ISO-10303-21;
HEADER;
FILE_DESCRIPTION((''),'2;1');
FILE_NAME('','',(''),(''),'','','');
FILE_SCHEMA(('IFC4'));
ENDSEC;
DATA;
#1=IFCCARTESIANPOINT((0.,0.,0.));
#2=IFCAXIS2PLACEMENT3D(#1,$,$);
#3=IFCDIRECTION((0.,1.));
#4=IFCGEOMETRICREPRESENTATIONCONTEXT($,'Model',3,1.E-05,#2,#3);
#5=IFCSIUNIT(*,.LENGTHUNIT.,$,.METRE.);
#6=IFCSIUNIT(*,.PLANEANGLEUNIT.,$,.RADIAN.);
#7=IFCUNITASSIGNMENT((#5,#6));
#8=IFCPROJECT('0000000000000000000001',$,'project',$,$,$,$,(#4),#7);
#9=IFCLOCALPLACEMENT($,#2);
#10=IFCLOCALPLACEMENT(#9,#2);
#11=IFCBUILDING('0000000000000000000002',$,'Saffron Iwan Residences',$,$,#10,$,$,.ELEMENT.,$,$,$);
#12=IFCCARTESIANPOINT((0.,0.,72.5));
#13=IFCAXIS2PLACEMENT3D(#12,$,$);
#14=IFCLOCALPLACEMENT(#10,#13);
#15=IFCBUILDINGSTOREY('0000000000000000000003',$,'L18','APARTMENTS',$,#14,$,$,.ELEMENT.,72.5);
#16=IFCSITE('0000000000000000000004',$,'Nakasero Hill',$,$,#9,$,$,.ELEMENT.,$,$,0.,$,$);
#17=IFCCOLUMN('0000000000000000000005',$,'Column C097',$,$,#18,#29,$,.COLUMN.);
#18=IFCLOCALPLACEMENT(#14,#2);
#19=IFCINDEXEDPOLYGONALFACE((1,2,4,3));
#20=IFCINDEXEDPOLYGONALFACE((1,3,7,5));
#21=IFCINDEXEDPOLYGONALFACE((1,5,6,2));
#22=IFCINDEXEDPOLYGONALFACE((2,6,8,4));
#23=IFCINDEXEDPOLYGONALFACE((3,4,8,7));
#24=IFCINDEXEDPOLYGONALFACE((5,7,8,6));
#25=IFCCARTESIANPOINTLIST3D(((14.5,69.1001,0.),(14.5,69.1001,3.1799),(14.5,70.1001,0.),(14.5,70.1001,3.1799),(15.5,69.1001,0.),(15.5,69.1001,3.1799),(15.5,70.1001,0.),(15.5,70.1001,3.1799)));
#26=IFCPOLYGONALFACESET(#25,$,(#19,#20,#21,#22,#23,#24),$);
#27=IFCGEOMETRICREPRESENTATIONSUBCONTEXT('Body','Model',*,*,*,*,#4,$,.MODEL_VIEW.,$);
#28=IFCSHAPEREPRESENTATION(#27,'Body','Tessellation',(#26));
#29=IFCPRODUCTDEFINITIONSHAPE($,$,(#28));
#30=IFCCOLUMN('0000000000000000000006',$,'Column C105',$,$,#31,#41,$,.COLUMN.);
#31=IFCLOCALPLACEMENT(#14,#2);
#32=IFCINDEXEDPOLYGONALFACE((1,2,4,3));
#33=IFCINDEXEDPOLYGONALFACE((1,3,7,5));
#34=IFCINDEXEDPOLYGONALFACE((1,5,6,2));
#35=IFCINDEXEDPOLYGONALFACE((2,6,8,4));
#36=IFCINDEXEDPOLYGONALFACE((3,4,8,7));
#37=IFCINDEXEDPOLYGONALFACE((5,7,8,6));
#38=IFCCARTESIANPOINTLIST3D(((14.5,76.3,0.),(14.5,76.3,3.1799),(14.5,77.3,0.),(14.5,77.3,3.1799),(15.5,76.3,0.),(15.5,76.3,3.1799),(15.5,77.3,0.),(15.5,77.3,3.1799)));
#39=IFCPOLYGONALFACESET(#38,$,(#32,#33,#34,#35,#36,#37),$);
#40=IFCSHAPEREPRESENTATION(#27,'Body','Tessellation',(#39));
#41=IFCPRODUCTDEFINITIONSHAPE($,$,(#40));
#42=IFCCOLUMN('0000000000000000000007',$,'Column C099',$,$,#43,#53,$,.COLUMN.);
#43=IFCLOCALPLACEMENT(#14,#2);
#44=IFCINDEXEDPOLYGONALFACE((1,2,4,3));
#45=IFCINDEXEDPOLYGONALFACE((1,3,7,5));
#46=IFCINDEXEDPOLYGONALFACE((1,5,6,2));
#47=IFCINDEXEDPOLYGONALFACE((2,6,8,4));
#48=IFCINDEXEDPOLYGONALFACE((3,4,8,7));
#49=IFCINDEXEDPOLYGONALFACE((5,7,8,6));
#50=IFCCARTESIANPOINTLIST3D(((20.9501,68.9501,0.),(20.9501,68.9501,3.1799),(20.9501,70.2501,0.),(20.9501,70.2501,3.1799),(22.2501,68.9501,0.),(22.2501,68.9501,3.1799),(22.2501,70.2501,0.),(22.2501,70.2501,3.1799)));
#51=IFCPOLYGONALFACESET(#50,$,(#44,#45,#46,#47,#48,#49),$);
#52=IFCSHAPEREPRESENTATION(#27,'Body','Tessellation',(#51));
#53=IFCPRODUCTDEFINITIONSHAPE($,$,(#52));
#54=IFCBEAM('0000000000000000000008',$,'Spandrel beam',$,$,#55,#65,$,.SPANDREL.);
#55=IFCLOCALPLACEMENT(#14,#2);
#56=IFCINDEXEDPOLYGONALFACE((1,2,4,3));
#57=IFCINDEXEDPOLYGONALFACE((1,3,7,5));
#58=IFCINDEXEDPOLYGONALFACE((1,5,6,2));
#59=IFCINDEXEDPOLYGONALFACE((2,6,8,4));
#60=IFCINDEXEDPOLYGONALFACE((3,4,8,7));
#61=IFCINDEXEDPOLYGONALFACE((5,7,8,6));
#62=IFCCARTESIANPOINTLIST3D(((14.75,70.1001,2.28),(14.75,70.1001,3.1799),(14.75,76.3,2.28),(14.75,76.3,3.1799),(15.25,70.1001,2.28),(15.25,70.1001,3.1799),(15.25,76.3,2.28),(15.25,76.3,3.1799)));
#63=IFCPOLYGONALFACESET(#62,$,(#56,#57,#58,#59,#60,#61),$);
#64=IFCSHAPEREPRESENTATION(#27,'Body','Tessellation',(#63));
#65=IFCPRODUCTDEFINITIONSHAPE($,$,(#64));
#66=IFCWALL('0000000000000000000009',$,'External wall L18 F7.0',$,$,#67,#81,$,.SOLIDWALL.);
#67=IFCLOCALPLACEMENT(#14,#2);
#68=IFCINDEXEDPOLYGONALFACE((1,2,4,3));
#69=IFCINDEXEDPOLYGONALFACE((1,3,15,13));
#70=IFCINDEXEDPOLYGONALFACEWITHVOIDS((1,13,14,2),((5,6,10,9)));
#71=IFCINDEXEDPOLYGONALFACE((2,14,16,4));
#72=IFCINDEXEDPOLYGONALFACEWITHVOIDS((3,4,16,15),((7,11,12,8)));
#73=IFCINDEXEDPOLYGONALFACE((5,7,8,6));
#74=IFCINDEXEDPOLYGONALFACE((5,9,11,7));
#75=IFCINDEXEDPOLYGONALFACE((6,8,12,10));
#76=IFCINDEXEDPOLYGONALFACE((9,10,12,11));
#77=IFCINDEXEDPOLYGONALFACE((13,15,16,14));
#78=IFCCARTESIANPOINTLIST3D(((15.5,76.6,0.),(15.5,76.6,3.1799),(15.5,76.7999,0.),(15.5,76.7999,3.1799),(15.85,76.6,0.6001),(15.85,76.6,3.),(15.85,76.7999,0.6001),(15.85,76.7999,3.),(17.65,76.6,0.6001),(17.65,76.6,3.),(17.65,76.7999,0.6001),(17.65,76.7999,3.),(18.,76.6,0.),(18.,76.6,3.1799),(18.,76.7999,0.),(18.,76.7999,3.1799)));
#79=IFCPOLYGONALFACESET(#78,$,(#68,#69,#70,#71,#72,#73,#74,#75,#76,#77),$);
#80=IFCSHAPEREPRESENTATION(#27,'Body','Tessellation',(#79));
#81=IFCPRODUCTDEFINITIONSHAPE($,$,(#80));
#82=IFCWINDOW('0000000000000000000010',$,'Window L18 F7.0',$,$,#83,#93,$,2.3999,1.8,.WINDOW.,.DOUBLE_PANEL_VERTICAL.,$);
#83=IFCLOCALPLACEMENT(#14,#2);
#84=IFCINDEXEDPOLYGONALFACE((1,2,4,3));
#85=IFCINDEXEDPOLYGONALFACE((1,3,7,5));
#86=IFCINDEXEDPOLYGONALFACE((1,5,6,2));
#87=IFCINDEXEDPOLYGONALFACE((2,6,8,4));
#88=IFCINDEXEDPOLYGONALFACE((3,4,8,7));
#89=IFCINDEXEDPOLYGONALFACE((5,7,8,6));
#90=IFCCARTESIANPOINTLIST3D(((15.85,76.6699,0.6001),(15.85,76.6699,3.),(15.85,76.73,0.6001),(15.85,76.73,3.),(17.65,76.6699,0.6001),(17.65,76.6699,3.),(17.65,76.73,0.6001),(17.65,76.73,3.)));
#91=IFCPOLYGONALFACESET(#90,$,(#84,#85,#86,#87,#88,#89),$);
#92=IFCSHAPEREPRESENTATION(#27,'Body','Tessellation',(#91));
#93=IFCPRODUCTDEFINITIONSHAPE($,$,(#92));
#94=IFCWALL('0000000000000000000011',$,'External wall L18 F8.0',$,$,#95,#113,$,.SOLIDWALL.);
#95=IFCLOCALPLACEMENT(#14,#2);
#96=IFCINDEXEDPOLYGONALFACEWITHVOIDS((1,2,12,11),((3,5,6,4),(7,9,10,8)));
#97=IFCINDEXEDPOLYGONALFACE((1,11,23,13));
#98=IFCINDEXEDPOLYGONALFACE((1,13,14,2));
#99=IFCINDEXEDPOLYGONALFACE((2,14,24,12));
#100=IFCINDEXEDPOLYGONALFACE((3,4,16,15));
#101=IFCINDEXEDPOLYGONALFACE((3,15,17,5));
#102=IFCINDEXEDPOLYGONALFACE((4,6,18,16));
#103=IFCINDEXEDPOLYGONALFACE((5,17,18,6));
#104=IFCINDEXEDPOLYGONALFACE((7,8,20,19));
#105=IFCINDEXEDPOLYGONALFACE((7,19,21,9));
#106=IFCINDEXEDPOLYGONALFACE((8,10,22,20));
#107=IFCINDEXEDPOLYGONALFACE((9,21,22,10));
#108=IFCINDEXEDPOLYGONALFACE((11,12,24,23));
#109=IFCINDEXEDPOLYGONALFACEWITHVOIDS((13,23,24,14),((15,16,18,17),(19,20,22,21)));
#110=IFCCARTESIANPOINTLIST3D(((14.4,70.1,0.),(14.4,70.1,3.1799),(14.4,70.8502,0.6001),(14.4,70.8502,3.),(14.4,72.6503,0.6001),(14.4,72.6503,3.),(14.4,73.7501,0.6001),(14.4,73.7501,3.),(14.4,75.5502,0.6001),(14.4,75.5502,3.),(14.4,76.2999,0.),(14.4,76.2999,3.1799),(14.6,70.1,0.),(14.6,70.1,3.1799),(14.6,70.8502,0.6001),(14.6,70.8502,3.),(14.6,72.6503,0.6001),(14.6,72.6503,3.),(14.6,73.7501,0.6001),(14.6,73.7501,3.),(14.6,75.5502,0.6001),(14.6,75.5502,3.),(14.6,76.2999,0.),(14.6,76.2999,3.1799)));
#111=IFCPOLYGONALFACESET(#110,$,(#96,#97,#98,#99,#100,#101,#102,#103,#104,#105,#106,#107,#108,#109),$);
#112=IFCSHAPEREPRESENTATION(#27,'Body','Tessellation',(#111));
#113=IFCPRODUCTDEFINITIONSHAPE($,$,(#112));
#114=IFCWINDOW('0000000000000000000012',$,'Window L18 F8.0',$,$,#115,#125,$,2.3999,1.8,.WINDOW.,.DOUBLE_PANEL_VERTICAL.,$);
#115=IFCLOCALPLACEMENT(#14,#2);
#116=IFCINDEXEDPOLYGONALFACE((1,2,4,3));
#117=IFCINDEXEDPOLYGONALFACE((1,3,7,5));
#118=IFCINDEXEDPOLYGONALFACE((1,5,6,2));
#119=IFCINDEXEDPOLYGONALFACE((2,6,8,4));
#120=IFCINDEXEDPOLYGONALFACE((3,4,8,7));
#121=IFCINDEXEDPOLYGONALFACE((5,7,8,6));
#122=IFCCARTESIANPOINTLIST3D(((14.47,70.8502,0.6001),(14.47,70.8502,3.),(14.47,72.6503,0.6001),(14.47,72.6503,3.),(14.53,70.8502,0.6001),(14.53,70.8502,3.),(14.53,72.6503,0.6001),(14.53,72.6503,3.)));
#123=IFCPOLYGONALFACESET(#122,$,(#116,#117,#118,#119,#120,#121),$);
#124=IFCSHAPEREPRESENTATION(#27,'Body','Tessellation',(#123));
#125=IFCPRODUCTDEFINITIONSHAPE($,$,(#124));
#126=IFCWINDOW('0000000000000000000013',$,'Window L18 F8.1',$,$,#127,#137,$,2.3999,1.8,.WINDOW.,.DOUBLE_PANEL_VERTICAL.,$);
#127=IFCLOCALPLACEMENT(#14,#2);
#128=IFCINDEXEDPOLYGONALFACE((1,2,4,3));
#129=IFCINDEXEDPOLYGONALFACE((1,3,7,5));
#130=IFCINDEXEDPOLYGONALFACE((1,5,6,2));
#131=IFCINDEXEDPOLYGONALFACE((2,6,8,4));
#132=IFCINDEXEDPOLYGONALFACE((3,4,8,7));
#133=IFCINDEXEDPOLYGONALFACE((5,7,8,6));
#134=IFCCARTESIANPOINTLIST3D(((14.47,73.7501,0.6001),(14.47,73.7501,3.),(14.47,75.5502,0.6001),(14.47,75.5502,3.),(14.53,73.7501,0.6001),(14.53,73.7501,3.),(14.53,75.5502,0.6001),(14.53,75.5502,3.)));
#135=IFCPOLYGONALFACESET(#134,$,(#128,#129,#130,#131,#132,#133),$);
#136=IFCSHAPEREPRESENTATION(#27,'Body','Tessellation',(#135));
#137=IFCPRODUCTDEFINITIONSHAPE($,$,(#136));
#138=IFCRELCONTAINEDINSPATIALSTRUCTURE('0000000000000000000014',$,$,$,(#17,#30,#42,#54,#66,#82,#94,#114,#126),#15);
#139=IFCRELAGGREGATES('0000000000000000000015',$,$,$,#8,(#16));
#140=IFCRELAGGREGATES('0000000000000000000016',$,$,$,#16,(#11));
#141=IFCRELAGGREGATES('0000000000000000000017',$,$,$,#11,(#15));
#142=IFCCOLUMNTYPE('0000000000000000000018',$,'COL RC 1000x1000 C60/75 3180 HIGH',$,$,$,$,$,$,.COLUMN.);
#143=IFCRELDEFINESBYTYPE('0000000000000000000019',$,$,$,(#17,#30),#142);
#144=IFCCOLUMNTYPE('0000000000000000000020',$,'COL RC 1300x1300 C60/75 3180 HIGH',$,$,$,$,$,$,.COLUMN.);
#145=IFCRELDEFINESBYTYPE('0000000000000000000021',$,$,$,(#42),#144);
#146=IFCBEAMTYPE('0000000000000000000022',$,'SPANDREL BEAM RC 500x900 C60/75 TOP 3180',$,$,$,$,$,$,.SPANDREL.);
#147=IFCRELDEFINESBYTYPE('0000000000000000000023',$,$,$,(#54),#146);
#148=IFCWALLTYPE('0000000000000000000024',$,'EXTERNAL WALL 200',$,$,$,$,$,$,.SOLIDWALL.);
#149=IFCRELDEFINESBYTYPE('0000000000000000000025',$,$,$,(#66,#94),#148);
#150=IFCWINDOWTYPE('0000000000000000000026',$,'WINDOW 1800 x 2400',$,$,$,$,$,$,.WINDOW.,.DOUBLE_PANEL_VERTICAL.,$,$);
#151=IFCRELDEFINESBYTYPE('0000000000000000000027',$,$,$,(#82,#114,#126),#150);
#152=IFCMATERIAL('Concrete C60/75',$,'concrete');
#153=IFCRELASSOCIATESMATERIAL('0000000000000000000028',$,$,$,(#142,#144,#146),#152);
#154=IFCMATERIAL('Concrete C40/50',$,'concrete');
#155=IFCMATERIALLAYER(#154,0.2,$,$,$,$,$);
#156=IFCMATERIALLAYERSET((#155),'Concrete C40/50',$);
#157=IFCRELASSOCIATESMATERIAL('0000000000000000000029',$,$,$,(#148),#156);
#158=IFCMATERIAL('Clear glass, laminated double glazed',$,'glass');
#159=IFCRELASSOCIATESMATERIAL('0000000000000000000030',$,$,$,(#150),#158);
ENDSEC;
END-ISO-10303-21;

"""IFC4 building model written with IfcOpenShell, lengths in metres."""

from ifc_helpers import new_model, si_unit, direction, frame, frame_2d, origin, origin_2d, place, context, subcontext, project, spatial, rectangle, extrude, source, transform, mapped, material, layer, layer_set, material_profile, profile_set, type_object, element, fill, save


model = new_model("IFC4")

# Units and contexts
model_context = context("Model", 3, precision=1e-05, world=origin(), true_north=direction((0.0, 1.0)))
body_context = subcontext(model_context, "Body", "Model", "MODEL_VIEW")
ifc_project = project(units=[si_unit("LENGTHUNIT", "METRE"), si_unit("PLANEANGLEUNIT", "RADIAN")], contexts=[model_context])

# Site, building, storey
site_placement = place(None, origin())
site = spatial("IfcSite", under=ifc_project, at=site_placement, Name="Nakasero Hill", CompositionType="ELEMENT", RefElevation=0.0)
building_placement = place(site_placement, origin())
building = spatial("IfcBuilding", under=site, at=building_placement, Name="Saffron Iwan Residences", CompositionType="ELEMENT")
storey_placement = place(building_placement, frame((0.0, 0.0, 72.5)))
storey = spatial("IfcBuildingStorey", under=building, at=storey_placement, Name="L18", Description="APARTMENTS", CompositionType="ELEMENT", Elevation=72.5)

# Columns
ifc_material_1 = material(Name="Concrete C60/75", Category="concrete")
ifc_material_profile_1 = material_profile(ifc_material_1, rectangle(XDim=1.0, YDim=1.0, at=origin_2d()), Name="RC 1000x1000")
ifc_profile_set_1 = profile_set([ifc_material_profile_1], Name="Concrete C60/75")
column_type_1 = type_object("IfcColumnType", Name="COL RC 1000x1000 C60/75 3180 HIGH", PredefinedType="COLUMN", material=ifc_profile_set_1)
shared_shape_1 = source(origin(), body_context, "Body", "SweptSolid", [
    extrude(rectangle(XDim=1.0, YDim=1.0, at=origin_2d()), origin(), (0.0, 0.0, 1.0), 3.1799),
])
for number, where, z_axis, x_axis, name in (
    (1, (15.0, 69.6001, 0.0), (0.0, 0.0, 1.0), (1.0, 0.0, 0.0), "Column C097"),
    (2, (15.0, 76.8, 0.0), (0.0, 0.0, 1.0), (1.0, 0.0, 0.0), "Column C105"),
):
    element("IfcColumn", number, at=place(storey_placement, frame(where, z_axis=z_axis, x_axis=x_axis)), inside=storey, type_object=column_type_1, Name=name, PredefinedType="COLUMN", context=body_context, shape_type="MappedRepresentation", body=[
        mapped(shared_shape_1, transform((0.0, 0.0, 0.0))),
    ])
ifc_material_profile_2 = material_profile(ifc_material_1, rectangle(XDim=1.3, YDim=1.3, at=origin_2d()), Name="RC 1300x1300")
ifc_profile_set_2 = profile_set([ifc_material_profile_2], Name="Concrete C60/75")
column_type_2 = type_object("IfcColumnType", Name="COL RC 1300x1300 C60/75 3180 HIGH", PredefinedType="COLUMN", material=ifc_profile_set_2)
shared_shape_2 = source(origin(), body_context, "Body", "SweptSolid", [
    extrude(rectangle(XDim=1.3, YDim=1.3, at=origin_2d()), origin(), (0.0, 0.0, 1.0), 3.1799),
])
column_placement = place(storey_placement, frame((21.6001, 69.6001, 0.0), z_axis=(0.0, 0.0, 1.0), x_axis=(1.0, 0.0, 0.0)))
element("IfcColumn", 3, at=column_placement, inside=storey, type_object=column_type_2, Name="Column C099", PredefinedType="COLUMN", context=body_context, shape_type="MappedRepresentation", body=[
    mapped(shared_shape_2, transform((0.0, 0.0, 0.0))),
])

# Beam
ifc_material_profile_3 = material_profile(ifc_material_1, rectangle(XDim=0.5, YDim=0.8999, at=origin_2d()), Name="RC 500x900")
ifc_profile_set_3 = profile_set([ifc_material_profile_3], Name="Concrete C60/75")
beam_type = type_object("IfcBeamType", Name="SPANDREL BEAM RC 500x900 C60/75 TOP 3180", PredefinedType="SPANDREL", material=ifc_profile_set_3)
shared_shape_3 = source(origin(), body_context, "Body", "SweptSolid", [
    extrude(rectangle(XDim=0.5, YDim=0.8999, at=origin_2d()), origin(), (0.0, 0.0, 1.0), 6.2),
])
beam_placement = place(storey_placement, frame((15.0, 70.1001, 2.73), z_axis=(0.0, 1.0, 0.0), x_axis=(-1.0, 0.0, 0.0)))
element("IfcBeam", 4, at=beam_placement, inside=storey, type_object=beam_type, Name="Spandrel beam", PredefinedType="SPANDREL", context=body_context, shape_type="MappedRepresentation", body=[
    mapped(shared_shape_3, transform((0.0, 0.0, 0.0))),
])

# Wall, opening, window
ifc_material_2 = material(Name="Concrete C40/50", Category="concrete")
ifc_layer_1 = layer(ifc_material_2, 0.2)
ifc_layer_set_1 = layer_set([ifc_layer_1], Name="Concrete C40/50")
wall_type_1 = type_object("IfcWallType", Name="EXTERNAL WALL 200", PredefinedType="SOLIDWALL", material=ifc_layer_set_1)
wall_1_placement = place(storey_placement, frame((18.0, 76.7, 0.0), z_axis=(0.0, 0.0, 1.0), x_axis=(-1.0, 0.0, 0.0)))
wall_1 = element("IfcWall", 5, at=wall_1_placement, inside=storey, type_object=wall_type_1, Name="External wall L18 F7.0", PredefinedType="SOLIDWALL", context=body_context, shape_type="SweptSolid", body=[
    extrude(rectangle(XDim=2.5, YDim=0.2, at=frame_2d((1.25, 0.0))), origin(), (0.0, 0.0, 1.0), 3.1799),
])
opening_1_placement = place(wall_1_placement, frame((0.3501, 0.0, 0.6001)))
opening_1 = element("IfcOpeningElement", 6, at=opening_1_placement, cuts=wall_1, PredefinedType="OPENING", context=body_context, shape_type="SweptSolid", body=[
    extrude(rectangle(XDim=1.8, YDim=2.3999, at=frame_2d((0.8999, 1.2))), frame((0.0, 0.1099, 0.0), z_axis=(0.0, -1.0, 0.0), x_axis=(1.0, 0.0, 0.0)), (0.0, 0.0, 1.0), 0.22),
])
ifc_material_3 = material(Name="Clear glass, laminated double glazed", Category="glass")
window_type_1 = type_object("IfcWindowType", Name="WINDOW 1800 x 2400", PartitioningType="DOUBLE_PANEL_VERTICAL", PredefinedType="WINDOW", material=ifc_material_3)
window_1_placement = place(opening_1_placement, origin())
window_1 = element("IfcWindow", 7, at=window_1_placement, inside=storey, type_object=window_type_1, Name="Window L18 F7.0", OverallHeight=2.3999, OverallWidth=1.8, PartitioningType="DOUBLE_PANEL_VERTICAL", PredefinedType="WINDOW", context=body_context, shape_type="SweptSolid", body=[
    extrude(rectangle(XDim=1.8, YDim=2.3999, at=frame_2d((0.8999, 1.2))), frame((0.0, 0.03, 0.0), z_axis=(0.0, -1.0, 0.0), x_axis=(1.0, 0.0, 0.0)), (0.0, 0.0, 1.0), 0.0601),
])
fill(opening_1, window_1)

# Wall, openings, windows
wall_2_placement = place(storey_placement, frame((14.5, 76.3, 0.0), z_axis=(0.0, 0.0, 1.0), x_axis=(0.0, -1.0, 0.0)))
wall_2 = element("IfcWall", 8, at=wall_2_placement, inside=storey, type_object=wall_type_1, Name="External wall L18 F8.0", PredefinedType="SOLIDWALL", context=body_context, shape_type="SweptSolid", body=[
    extrude(rectangle(XDim=6.2, YDim=0.2, at=frame_2d((3.1001, 0.0))), origin(), (0.0, 0.0, 1.0), 3.1799),
])
opening_2_placement = place(wall_2_placement, frame((3.6499, 0.0, 0.6001)))
opening_2 = element("IfcOpeningElement", 9, at=opening_2_placement, cuts=wall_2, PredefinedType="OPENING", context=body_context, shape_type="SweptSolid", body=[
    extrude(rectangle(XDim=1.8, YDim=2.3999, at=frame_2d((0.8999, 1.2))), frame((0.0, 0.1099, 0.0), z_axis=(0.0, -1.0, 0.0), x_axis=(1.0, 0.0, 0.0)), (0.0, 0.0, 1.0), 0.22),
])
opening_3_placement = place(wall_2_placement, frame((0.75, 0.0, 0.6001)))
opening_3 = element("IfcOpeningElement", 10, at=opening_3_placement, cuts=wall_2, PredefinedType="OPENING", context=body_context, shape_type="SweptSolid", body=[
    extrude(rectangle(XDim=1.8, YDim=2.3999, at=frame_2d((0.8999, 1.2))), frame((0.0, 0.1099, 0.0), z_axis=(0.0, -1.0, 0.0), x_axis=(1.0, 0.0, 0.0)), (0.0, 0.0, 1.0), 0.22),
])
window_2_placement = place(opening_2_placement, origin())
window_2 = element("IfcWindow", 11, at=window_2_placement, inside=storey, type_object=window_type_1, Name="Window L18 F8.0", OverallHeight=2.3999, OverallWidth=1.8, PartitioningType="DOUBLE_PANEL_VERTICAL", PredefinedType="WINDOW", context=body_context, shape_type="SweptSolid", body=[
    extrude(rectangle(XDim=1.8, YDim=2.3999, at=frame_2d((0.8999, 1.2))), frame((0.0, 0.03, 0.0), z_axis=(0.0, -1.0, 0.0), x_axis=(1.0, 0.0, 0.0)), (0.0, 0.0, 1.0), 0.0601),
])
fill(opening_2, window_2)
window_3_placement = place(opening_3_placement, origin())
window_3 = element("IfcWindow", 12, at=window_3_placement, inside=storey, type_object=window_type_1, Name="Window L18 F8.1", OverallHeight=2.3999, OverallWidth=1.8, PartitioningType="DOUBLE_PANEL_VERTICAL", PredefinedType="WINDOW", context=body_context, shape_type="SweptSolid", body=[
    extrude(rectangle(XDim=1.8, YDim=2.3999, at=frame_2d((0.8999, 1.2))), frame((0.0, 0.03, 0.0), z_axis=(0.0, -1.0, 0.0), x_axis=(1.0, 0.0, 0.0)), (0.0, 0.0, 1.0), 0.0601),
])
fill(opening_3, window_3)

save(model, "model.ifc")
